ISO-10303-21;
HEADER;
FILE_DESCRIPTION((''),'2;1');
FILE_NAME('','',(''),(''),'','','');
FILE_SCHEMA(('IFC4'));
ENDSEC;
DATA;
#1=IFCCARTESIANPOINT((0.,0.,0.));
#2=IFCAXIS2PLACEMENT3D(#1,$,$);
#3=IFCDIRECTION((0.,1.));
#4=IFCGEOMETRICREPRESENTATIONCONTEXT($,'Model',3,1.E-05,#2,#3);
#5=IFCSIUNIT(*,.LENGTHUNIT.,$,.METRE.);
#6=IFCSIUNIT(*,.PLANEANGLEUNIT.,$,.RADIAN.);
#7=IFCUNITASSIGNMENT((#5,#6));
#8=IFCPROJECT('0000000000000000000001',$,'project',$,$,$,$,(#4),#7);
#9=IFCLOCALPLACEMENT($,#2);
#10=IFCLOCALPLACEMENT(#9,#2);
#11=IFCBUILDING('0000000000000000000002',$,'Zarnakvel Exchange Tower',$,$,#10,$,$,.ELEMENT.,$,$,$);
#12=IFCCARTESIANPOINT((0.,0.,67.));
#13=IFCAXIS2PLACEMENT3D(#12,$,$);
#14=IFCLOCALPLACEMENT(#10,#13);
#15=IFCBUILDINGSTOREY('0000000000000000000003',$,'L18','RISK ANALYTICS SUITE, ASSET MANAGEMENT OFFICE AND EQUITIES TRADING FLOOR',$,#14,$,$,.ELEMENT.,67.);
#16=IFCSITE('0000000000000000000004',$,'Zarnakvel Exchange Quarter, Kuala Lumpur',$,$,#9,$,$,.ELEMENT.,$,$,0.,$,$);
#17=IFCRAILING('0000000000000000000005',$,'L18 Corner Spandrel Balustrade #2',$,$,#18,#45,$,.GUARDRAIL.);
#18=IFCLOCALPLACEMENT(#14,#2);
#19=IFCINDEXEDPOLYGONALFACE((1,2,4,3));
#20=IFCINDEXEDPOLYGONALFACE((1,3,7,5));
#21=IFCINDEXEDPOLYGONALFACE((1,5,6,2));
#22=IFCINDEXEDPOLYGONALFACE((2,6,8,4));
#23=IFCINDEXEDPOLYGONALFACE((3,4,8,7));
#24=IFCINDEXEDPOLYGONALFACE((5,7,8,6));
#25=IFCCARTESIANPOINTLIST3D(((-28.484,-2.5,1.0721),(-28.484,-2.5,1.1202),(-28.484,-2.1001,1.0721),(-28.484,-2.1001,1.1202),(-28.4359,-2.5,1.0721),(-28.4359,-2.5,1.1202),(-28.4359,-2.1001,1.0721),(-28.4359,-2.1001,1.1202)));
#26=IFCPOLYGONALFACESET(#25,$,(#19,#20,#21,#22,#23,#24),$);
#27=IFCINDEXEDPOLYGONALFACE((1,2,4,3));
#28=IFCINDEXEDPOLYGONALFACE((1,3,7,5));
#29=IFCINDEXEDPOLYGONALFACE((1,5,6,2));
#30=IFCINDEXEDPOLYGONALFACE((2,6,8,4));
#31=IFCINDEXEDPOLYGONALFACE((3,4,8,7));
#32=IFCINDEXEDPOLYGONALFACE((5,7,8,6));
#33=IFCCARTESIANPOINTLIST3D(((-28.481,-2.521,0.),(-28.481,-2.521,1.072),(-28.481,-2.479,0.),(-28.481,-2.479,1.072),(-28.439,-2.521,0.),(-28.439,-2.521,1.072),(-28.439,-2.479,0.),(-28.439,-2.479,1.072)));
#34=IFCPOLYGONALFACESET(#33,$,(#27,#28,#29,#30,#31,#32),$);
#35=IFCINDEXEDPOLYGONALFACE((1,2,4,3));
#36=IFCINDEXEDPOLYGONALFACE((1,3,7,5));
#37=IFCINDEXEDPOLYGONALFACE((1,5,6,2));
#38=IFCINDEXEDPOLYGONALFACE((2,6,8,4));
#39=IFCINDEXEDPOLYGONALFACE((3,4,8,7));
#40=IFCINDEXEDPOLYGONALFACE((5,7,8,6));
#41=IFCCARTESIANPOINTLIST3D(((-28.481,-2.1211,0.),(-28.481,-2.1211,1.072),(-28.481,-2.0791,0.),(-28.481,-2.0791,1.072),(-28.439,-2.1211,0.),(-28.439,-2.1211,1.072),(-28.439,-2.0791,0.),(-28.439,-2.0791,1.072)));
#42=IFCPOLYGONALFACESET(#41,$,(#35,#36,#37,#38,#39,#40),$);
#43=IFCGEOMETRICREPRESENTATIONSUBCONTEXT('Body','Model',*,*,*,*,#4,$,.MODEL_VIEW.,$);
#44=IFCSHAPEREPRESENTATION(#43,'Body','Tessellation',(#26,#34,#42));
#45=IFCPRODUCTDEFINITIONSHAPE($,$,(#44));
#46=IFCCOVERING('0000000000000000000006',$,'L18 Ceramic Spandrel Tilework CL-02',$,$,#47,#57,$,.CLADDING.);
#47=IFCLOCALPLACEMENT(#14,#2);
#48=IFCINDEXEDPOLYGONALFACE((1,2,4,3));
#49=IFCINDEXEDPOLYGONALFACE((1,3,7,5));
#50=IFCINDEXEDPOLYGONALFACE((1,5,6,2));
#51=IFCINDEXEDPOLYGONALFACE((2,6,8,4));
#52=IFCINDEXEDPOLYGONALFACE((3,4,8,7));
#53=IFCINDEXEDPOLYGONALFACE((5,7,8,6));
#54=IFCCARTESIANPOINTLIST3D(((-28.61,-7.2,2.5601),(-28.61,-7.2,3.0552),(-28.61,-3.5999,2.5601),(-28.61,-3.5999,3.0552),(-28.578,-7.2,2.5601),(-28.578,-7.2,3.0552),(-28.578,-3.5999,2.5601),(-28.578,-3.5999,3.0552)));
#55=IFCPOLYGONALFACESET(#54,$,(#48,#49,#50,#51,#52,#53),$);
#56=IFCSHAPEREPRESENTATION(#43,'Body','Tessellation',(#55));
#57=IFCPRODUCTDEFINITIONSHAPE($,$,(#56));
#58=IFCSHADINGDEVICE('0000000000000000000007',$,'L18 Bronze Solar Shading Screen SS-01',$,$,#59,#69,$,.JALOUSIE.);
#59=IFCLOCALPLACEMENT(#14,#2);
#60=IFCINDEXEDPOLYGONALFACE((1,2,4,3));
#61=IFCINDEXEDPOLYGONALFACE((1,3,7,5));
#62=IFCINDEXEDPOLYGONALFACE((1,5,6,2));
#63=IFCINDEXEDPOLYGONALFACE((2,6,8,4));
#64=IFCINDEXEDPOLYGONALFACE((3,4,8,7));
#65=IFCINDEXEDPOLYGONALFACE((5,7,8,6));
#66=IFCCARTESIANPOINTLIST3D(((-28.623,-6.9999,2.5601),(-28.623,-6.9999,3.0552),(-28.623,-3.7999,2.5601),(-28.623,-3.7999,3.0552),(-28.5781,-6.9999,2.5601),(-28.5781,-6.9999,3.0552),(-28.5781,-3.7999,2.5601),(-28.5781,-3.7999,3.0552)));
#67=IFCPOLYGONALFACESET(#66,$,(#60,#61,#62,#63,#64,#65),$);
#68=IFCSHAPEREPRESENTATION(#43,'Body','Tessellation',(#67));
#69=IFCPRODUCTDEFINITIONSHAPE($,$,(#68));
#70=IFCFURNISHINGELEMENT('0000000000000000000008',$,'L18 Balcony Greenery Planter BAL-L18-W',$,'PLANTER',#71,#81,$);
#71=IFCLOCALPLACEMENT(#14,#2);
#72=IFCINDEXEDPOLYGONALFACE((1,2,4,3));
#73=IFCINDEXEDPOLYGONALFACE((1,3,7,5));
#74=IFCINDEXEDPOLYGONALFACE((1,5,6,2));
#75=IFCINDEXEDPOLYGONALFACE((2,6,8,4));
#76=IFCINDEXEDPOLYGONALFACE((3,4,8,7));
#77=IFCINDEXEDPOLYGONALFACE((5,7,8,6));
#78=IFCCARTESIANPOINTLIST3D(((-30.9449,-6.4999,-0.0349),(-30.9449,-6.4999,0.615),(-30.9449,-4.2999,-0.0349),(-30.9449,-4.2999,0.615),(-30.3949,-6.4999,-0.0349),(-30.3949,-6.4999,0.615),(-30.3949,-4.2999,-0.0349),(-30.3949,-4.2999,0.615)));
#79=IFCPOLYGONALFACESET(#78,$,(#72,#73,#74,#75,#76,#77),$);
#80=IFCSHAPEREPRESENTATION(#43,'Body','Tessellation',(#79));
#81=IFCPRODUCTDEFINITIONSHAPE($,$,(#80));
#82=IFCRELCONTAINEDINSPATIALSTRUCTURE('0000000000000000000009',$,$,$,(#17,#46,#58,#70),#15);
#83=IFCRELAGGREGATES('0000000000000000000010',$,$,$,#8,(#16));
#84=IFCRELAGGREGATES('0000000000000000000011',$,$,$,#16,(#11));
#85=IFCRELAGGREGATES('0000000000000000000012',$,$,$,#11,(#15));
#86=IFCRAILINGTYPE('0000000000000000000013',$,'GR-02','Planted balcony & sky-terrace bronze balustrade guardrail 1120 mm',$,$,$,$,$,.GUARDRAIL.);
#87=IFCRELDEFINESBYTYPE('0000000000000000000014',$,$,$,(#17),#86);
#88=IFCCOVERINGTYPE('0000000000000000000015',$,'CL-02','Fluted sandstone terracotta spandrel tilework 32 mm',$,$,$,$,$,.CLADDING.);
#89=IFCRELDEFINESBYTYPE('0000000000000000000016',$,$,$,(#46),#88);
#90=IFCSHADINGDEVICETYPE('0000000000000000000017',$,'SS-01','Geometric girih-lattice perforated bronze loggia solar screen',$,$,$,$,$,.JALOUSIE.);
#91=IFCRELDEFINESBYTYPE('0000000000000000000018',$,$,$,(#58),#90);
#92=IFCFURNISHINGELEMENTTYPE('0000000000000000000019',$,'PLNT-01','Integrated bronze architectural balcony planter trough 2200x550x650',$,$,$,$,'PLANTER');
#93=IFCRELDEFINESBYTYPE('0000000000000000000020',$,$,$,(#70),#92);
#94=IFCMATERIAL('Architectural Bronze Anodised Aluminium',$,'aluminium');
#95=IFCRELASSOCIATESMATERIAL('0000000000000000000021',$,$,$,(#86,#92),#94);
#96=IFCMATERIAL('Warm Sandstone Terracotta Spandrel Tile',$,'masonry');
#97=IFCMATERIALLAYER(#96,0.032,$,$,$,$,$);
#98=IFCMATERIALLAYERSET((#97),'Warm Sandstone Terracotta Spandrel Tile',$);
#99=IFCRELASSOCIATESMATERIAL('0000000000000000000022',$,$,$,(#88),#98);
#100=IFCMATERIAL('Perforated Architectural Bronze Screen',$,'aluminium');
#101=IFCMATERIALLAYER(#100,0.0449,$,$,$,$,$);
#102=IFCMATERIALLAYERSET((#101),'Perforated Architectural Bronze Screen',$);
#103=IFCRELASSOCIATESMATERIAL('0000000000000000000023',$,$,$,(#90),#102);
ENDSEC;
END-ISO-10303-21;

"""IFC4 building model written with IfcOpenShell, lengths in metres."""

from ifc_helpers import new_model, si_unit, direction, frame, origin, origin_2d, place, context, subcontext, project, spatial, rectangle, extrude, source, transform, mapped, material, layer, layer_set, type_object, element, save


model = new_model("IFC4")

# Units and contexts
model_context = context("Model", 3, precision=1e-05, world=origin(), true_north=direction((0.0, 1.0)))
body_context = subcontext(model_context, "Body", "Model", "MODEL_VIEW")
ifc_project = project(units=[si_unit("LENGTHUNIT", "METRE"), si_unit("PLANEANGLEUNIT", "RADIAN")], contexts=[model_context])

# Site, building, storey
site_placement = place(None, origin())
site = spatial("IfcSite", under=ifc_project, at=site_placement, Name="Zarnakvel Exchange Quarter, Kuala Lumpur", CompositionType="ELEMENT", RefElevation=0.0)
building_placement = place(site_placement, origin())
building = spatial("IfcBuilding", under=site, at=building_placement, Name="Zarnakvel Exchange Tower", CompositionType="ELEMENT")
storey_placement = place(building_placement, frame((0.0, 0.0, 67.0)))
storey = spatial("IfcBuildingStorey", under=building, at=storey_placement, Name="L18", Description="RISK ANALYTICS SUITE, ASSET MANAGEMENT OFFICE AND EQUITIES TRADING FLOOR", CompositionType="ELEMENT", Elevation=67.0)

# Shared definitions
ifc_material_1 = material(Name="Architectural Bronze Anodised Aluminium", Category="aluminium")

# Railing
railing_type = type_object("IfcRailingType", Name="GR-02", Description="Planted balcony & sky-terrace bronze balustrade guardrail 1120 mm", PredefinedType="GUARDRAIL", material=ifc_material_1)
railing_placement = place(storey_placement, frame((-28.46, -2.5, 0.0)))
element("IfcRailing", 1, at=railing_placement, inside=storey, type_object=railing_type, Name="L18 Corner Spandrel Balustrade #2", PredefinedType="GUARDRAIL", context=body_context, shape_type="SweptSolid", body=[
    extrude(rectangle(XDim=0.0481, YDim=0.0481, at=origin_2d()), frame((0.0, 0.0, 1.0962), z_axis=(0.0, 1.0, 0.0), x_axis=(-1.0, 0.0, 0.0)), (0.0, 0.0, 1.0), 0.3999),
    extrude(rectangle(XDim=0.042, YDim=0.042, at=origin_2d()), origin(), (0.0, 0.0, 1.0), 1.072),
    extrude(rectangle(XDim=0.042, YDim=0.042, at=origin_2d()), frame((0.0, 0.3999, 0.0)), (0.0, 0.0, 1.0), 1.072),
])

# Covering
ifc_material_2 = material(Name="Warm Sandstone Terracotta Spandrel Tile", Category="masonry")
ifc_layer_1 = layer(ifc_material_2, 0.032)
ifc_layer_set_1 = layer_set([ifc_layer_1], Name="Warm Sandstone Terracotta Spandrel Tile")
covering_type = type_object("IfcCoveringType", Name="CL-02", Description="Fluted sandstone terracotta spandrel tilework 32 mm", PredefinedType="CLADDING", material=ifc_layer_set_1)
shared_shape_1 = source(origin(), body_context, "Body", "SweptSolid", [
    extrude(rectangle(XDim=3.6001, YDim=0.032, at=origin_2d()), origin(), (0.0, 0.0, 1.0), 0.4951),
])
covering_placement = place(storey_placement, frame((-28.594, -5.3999, 2.5601), z_axis=(0.0, 0.0, 1.0), x_axis=(0.0, 1.0, 0.0)))
element("IfcCovering", 2, at=covering_placement, inside=storey, type_object=covering_type, Name="L18 Ceramic Spandrel Tilework CL-02", PredefinedType="CLADDING", context=body_context, shape_type="MappedRepresentation", body=[
    mapped(shared_shape_1, transform((0.0, 0.0, 0.0), x_axis=(1.0, 0.0, 0.0), y_axis=(0.0, 1.0, 0.0), z_axis=(0.0, 0.0, 1.0), scale=1.0)),
])

# Shading device
ifc_material_3 = material(Name="Perforated Architectural Bronze Screen", Category="aluminium")
ifc_layer_2 = layer(ifc_material_3, 0.0449)
ifc_layer_set_2 = layer_set([ifc_layer_2], Name="Perforated Architectural Bronze Screen")
shading_device_type = type_object("IfcShadingDeviceType", Name="SS-01", Description="Geometric girih-lattice perforated bronze loggia solar screen", PredefinedType="JALOUSIE", material=ifc_layer_set_2)
shared_shape_2 = source(origin(), body_context, "Body", "SweptSolid", [
    extrude(rectangle(XDim=3.2, YDim=0.0449, at=origin_2d()), origin(), (0.0, 0.0, 1.0), 0.4951),
])
shading_device_placement = place(storey_placement, frame((-28.6006, -5.3999, 2.5601), z_axis=(0.0, 0.0, 1.0), x_axis=(0.0, 1.0, 0.0)))
element("IfcShadingDevice", 3, at=shading_device_placement, inside=storey, type_object=shading_device_type, Name="L18 Bronze Solar Shading Screen SS-01", PredefinedType="JALOUSIE", context=body_context, shape_type="MappedRepresentation", body=[
    mapped(shared_shape_2, transform((0.0, 0.0, 0.0), x_axis=(1.0, 0.0, 0.0), y_axis=(0.0, 1.0, 0.0), z_axis=(0.0, 0.0, 1.0), scale=1.0)),
])

# Furnishing element
furnishing_element_type = type_object("IfcFurnishingElementType", Name="PLNT-01", Description="Integrated bronze architectural balcony planter trough 2200x550x650", ElementType="PLANTER", material=ifc_material_1)
shared_shape_3 = source(origin(), body_context, "Body", "SweptSolid", [
    extrude(rectangle(XDim=2.2, YDim=0.55, at=origin_2d()), origin(), (0.0, 0.0, 1.0), 0.6499),
])
furnishing_placement = place(storey_placement, frame((-30.6699, -5.3999, -0.0349), z_axis=(0.0, 0.0, 1.0), x_axis=(0.0, 1.0, 0.0)))
element("IfcFurnishingElement", 4, at=furnishing_placement, inside=storey, type_object=furnishing_element_type, Name="L18 Balcony Greenery Planter BAL-L18-W", ObjectType="PLANTER", context=body_context, shape_type="MappedRepresentation", body=[
    mapped(shared_shape_3, transform((0.0, 0.0, 0.0), x_axis=(1.0, 0.0, 0.0), y_axis=(0.0, 1.0, 0.0), z_axis=(0.0, 0.0, 1.0), scale=1.0)),
])

save(model, "model.ifc")
